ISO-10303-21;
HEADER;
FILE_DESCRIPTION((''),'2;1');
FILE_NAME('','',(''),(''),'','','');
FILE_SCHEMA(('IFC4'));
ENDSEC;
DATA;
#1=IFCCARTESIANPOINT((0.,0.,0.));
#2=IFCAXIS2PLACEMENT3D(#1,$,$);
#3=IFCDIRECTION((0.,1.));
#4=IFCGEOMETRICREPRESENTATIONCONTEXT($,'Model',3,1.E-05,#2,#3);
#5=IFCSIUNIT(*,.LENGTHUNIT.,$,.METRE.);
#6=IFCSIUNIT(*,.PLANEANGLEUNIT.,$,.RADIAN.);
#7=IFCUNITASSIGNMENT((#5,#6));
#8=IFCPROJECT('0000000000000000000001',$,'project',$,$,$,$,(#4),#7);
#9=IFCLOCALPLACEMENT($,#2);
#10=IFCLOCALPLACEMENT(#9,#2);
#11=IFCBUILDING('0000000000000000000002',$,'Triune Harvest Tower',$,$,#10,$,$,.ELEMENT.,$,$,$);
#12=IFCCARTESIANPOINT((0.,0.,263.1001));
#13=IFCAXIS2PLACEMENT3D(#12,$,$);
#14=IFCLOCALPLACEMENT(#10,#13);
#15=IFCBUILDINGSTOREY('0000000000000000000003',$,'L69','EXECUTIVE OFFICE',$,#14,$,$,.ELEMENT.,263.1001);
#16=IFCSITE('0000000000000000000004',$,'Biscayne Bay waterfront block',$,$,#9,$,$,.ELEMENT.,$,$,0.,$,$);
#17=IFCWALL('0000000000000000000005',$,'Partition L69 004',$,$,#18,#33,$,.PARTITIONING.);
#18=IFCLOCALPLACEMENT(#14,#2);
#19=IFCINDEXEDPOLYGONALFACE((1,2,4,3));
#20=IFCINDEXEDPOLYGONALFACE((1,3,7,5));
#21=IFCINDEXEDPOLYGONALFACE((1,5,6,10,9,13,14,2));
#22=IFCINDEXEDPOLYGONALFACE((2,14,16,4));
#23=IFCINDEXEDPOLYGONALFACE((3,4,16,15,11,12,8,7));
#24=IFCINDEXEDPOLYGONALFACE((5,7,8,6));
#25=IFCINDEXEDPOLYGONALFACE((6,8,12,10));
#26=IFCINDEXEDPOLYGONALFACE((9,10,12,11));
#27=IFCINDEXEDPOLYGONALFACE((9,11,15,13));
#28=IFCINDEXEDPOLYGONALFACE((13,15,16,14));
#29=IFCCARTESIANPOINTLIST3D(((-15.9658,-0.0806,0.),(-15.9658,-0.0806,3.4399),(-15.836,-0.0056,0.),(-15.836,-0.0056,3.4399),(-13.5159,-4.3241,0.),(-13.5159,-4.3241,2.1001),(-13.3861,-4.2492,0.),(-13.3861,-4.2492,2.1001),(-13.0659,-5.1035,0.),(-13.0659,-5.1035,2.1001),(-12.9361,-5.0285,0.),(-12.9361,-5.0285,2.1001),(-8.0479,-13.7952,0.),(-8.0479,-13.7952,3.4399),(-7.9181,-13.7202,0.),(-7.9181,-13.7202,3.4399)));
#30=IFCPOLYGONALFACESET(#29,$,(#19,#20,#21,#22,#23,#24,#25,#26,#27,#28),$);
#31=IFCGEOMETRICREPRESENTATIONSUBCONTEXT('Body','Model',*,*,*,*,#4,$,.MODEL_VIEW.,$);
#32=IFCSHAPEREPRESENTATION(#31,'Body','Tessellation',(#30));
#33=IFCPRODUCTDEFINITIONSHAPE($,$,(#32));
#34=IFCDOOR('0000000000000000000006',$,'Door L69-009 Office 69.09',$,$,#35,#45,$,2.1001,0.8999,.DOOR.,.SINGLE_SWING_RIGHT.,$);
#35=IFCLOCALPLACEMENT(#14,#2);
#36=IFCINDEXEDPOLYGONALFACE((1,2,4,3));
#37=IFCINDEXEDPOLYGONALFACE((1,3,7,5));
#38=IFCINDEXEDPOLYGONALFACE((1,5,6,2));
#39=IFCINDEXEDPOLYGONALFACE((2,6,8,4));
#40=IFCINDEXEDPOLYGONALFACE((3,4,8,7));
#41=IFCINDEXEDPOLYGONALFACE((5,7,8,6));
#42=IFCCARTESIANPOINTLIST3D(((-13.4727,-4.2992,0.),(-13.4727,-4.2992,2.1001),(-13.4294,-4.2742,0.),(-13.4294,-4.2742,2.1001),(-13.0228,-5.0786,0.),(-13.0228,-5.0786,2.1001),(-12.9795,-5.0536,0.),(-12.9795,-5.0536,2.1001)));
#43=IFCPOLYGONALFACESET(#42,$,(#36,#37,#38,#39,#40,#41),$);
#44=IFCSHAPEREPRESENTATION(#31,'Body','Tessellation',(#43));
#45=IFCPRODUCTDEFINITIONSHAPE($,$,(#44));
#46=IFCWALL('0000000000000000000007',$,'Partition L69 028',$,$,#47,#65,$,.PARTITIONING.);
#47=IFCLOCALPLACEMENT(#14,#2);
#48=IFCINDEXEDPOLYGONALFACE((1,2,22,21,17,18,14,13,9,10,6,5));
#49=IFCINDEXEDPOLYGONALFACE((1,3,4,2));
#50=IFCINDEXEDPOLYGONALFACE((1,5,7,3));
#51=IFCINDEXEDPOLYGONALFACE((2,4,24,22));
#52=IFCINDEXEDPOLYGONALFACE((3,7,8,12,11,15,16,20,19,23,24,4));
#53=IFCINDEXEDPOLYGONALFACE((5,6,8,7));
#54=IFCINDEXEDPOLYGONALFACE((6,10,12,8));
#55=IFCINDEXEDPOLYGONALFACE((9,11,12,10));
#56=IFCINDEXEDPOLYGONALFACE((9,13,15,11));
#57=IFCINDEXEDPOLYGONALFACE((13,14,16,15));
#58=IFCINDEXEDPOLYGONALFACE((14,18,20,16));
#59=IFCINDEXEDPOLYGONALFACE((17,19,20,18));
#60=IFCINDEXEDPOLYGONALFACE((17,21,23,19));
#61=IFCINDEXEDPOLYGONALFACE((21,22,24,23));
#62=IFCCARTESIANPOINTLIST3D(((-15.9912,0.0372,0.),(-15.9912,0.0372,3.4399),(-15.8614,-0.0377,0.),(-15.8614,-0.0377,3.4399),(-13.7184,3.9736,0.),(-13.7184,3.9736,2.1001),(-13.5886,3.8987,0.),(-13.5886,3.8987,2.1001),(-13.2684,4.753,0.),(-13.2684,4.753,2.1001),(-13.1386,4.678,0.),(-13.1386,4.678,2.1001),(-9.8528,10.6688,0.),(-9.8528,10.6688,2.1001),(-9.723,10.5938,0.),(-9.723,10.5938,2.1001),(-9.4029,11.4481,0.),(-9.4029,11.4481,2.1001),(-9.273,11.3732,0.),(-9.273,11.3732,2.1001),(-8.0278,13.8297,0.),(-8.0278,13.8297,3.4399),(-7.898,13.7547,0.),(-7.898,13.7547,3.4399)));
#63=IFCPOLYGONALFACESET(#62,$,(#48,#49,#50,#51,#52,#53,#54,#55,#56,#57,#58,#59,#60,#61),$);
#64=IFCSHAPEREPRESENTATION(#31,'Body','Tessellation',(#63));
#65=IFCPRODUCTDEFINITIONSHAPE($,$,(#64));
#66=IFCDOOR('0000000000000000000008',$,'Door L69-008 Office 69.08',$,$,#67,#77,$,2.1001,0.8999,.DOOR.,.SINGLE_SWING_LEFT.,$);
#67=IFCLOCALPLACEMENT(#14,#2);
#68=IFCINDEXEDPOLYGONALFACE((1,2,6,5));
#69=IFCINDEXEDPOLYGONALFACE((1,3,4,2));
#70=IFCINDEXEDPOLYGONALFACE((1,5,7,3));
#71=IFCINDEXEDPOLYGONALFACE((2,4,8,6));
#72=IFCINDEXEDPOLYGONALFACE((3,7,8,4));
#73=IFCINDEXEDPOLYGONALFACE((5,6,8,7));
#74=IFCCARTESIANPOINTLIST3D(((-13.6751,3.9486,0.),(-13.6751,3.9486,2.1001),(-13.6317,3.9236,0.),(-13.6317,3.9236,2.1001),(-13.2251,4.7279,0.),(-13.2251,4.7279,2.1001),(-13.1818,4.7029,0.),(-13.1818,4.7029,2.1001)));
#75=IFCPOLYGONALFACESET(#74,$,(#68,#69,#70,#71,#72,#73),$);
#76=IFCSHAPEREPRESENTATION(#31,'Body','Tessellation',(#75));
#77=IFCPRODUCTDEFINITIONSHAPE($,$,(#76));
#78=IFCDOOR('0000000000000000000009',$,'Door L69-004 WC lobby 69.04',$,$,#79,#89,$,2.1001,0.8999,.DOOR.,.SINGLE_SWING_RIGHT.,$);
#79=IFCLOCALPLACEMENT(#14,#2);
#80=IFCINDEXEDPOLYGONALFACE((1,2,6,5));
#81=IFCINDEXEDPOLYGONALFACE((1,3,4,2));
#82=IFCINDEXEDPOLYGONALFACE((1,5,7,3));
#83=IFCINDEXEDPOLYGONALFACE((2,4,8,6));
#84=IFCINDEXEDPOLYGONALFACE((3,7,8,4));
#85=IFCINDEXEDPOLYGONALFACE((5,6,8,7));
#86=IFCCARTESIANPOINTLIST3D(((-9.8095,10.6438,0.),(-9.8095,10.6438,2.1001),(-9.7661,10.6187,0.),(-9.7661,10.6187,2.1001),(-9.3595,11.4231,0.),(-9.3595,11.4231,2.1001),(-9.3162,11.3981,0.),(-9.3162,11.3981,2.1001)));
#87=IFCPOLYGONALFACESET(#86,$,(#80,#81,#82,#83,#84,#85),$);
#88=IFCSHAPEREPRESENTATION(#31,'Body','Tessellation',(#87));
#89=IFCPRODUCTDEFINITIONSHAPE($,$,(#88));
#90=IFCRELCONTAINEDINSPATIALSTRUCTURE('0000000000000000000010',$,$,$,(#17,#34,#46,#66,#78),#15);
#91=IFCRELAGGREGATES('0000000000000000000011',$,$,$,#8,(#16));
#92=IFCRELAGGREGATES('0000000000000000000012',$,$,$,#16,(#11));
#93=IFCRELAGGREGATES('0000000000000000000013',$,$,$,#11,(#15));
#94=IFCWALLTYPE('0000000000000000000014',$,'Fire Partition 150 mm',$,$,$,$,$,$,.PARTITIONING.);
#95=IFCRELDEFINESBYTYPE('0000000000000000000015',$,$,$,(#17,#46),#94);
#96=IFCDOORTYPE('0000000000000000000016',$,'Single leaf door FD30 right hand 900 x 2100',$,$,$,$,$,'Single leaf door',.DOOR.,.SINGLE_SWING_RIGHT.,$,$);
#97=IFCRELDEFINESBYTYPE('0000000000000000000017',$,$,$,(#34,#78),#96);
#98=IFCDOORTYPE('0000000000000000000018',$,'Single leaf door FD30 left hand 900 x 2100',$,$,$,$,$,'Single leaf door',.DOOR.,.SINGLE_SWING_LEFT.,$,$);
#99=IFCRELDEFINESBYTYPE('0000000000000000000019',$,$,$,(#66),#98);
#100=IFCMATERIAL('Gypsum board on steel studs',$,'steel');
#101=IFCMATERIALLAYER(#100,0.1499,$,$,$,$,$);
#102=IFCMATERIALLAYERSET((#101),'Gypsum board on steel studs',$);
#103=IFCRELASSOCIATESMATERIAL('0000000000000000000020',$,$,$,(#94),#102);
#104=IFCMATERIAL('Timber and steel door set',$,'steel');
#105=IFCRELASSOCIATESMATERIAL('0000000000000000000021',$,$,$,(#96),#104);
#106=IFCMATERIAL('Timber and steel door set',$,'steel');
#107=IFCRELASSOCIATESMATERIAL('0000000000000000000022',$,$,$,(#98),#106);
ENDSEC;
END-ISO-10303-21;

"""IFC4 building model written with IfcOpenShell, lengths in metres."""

from ifc_helpers import new_model, si_unit, direction, frame, frame_2d, origin, place, context, subcontext, project, spatial, rectangle, extrude, source, transform, mapped, material, layer, layer_set, type_object, element, fill, save


model = new_model("IFC4")

# Units and contexts
model_context = context("Model", 3, precision=1e-05, world=origin(), true_north=direction((0.0, 1.0)))
body_context = subcontext(model_context, "Body", "Model", "MODEL_VIEW")
ifc_project = project(units=[si_unit("LENGTHUNIT", "METRE"), si_unit("PLANEANGLEUNIT", "RADIAN")], contexts=[model_context])

# Site, building, storey
site_placement = place(None, origin())
site = spatial("IfcSite", under=ifc_project, at=site_placement, Name="Biscayne Bay waterfront block", CompositionType="ELEMENT", RefElevation=0.0)
building_placement = place(site_placement, origin())
building = spatial("IfcBuilding", under=site, at=building_placement, Name="Triune Harvest Tower", CompositionType="ELEMENT")
storey_placement = place(building_placement, frame((0.0, 0.0, 263.1001)))
storey = spatial("IfcBuildingStorey", under=building, at=storey_placement, Name="L69", Description="EXECUTIVE OFFICE", CompositionType="ELEMENT", Elevation=263.1001)

# Wall, opening, door
ifc_material_1 = material(Name="Gypsum board on steel studs", Category="steel")
ifc_layer_1 = layer(ifc_material_1, 0.1499)
ifc_layer_set_1 = layer_set([ifc_layer_1], Name="Gypsum board on steel studs")
wall_type_1 = type_object("IfcWallType", Name="Fire Partition 150 mm", PredefinedType="PARTITIONING", material=ifc_layer_set_1)
shared_shape_1 = source(origin(), body_context, "Body", "SweptSolid", [
    extrude(rectangle(XDim=15.8362, YDim=0.1499, at=frame_2d((7.918, 0.0))), origin(), (0.0, 0.0, 1.0), 3.4399),
])
wall_1_placement = place(storey_placement, frame((-15.9009, -0.0432, 0.0), z_axis=(0.0, 0.0, 1.0), x_axis=(0.499992, -0.86603, 0.0)))
wall_1 = element("IfcWall", 1, at=wall_1_placement, inside=storey, type_object=wall_type_1, Name="Partition L69 004", PredefinedType="PARTITIONING", context=body_context, shape_type="MappedRepresentation", body=[
    mapped(shared_shape_1, transform((0.0, 0.0, 0.0), scale=1.0)),
])
opening_1_placement = place(wall_1_placement, frame((4.8999, 0.0, 0.0)))
opening_1 = element("IfcOpeningElement", 2, at=opening_1_placement, cuts=wall_1, PredefinedType="OPENING", context=body_context, shape_type="SweptSolid", body=[
    extrude(rectangle(XDim=0.8999, YDim=2.1001, at=frame_2d((0.45, 1.05))), frame((0.0, 0.085, 0.0), z_axis=(0.0, -1.0, 0.0), x_axis=(1.0, 0.0, 0.0)), (0.0, 0.0, 1.0), 0.1699),
])
ifc_material_2 = material(Name="Timber and steel door set", Category="steel")
door_type_1 = type_object("IfcDoorType", Name="Single leaf door FD30 right hand 900 x 2100", ElementType="Single leaf door", OperationType="SINGLE_SWING_RIGHT", PredefinedType="DOOR", material=ifc_material_2)
door_1_placement = place(opening_1_placement, origin())
door_1 = element("IfcDoor", 3, at=door_1_placement, inside=storey, type_object=door_type_1, Name="Door L69-009 Office 69.09", OperationType="SINGLE_SWING_RIGHT", OverallHeight=2.1001, OverallWidth=0.8999, PredefinedType="DOOR", context=body_context, shape_type="SweptSolid", body=[
    extrude(rectangle(XDim=0.8999, YDim=2.1001, at=frame_2d((0.45, 1.05))), frame((0.0, 0.0249, 0.0), z_axis=(0.0, -1.0, 0.0), x_axis=(1.0, 0.0, 0.0)), (0.0, 0.0, 1.0), 0.05),
])
fill(opening_1, door_1)

# Wall, openings, doors
shared_shape_2 = source(origin(), body_context, "Body", "SweptSolid", [
    extrude(rectangle(XDim=15.9263, YDim=0.1499, at=frame_2d((7.9631, 0.0))), origin(), (0.0, 0.0, 1.0), 3.4399),
])
wall_2_placement = place(storey_placement, frame((-15.9263, -0.0002, 0.0), z_axis=(0.0, 0.0, 1.0), x_axis=(0.500013, 0.866018, 0.0)))
wall_2 = element("IfcWall", 4, at=wall_2_placement, inside=storey, type_object=wall_type_1, Name="Partition L69 028", PredefinedType="PARTITIONING", context=body_context, shape_type="MappedRepresentation", body=[
    mapped(shared_shape_2, transform((0.0, 0.0, 0.0), scale=1.0)),
])
opening_2_placement = place(wall_2_placement, frame((12.2764, 0.0, 0.0)))
opening_2 = element("IfcOpeningElement", 5, at=opening_2_placement, cuts=wall_2, PredefinedType="OPENING", context=body_context, shape_type="SweptSolid", body=[
    extrude(rectangle(XDim=0.8999, YDim=2.1001, at=frame_2d((0.45, 1.05))), frame((0.0, 0.085, 0.0), z_axis=(0.0, -1.0, 0.0), x_axis=(1.0, 0.0, 0.0)), (0.0, 0.0, 1.0), 0.1699),
])
opening_3_placement = place(wall_2_placement, frame((4.5454, 0.0, 0.0)))
opening_3 = element("IfcOpeningElement", 6, at=opening_3_placement, cuts=wall_2, PredefinedType="OPENING", context=body_context, shape_type="SweptSolid", body=[
    extrude(rectangle(XDim=0.8999, YDim=2.1001, at=frame_2d((0.45, 1.05))), frame((0.0, 0.085, 0.0), z_axis=(0.0, -1.0, 0.0), x_axis=(1.0, 0.0, 0.0)), (0.0, 0.0, 1.0), 0.1699),
])
ifc_material_3 = material(Name="Timber and steel door set", Category="steel")
door_type_2 = type_object("IfcDoorType", Name="Single leaf door FD30 left hand 900 x 2100", ElementType="Single leaf door", OperationType="SINGLE_SWING_LEFT", PredefinedType="DOOR", material=ifc_material_3)
door_2_placement = place(opening_3_placement, origin())
door_2 = element("IfcDoor", 7, at=door_2_placement, inside=storey, type_object=door_type_2, Name="Door L69-008 Office 69.08", OperationType="SINGLE_SWING_LEFT", OverallHeight=2.1001, OverallWidth=0.8999, PredefinedType="DOOR", context=body_context, shape_type="SweptSolid", body=[
    extrude(rectangle(XDim=0.8999, YDim=2.1001, at=frame_2d((0.45, 1.05))), frame((0.0, 0.0249, 0.0), z_axis=(0.0, -1.0, 0.0), x_axis=(1.0, 0.0, 0.0)), (0.0, 0.0, 1.0), 0.05),
])
fill(opening_3, door_2)
door_3_placement = place(opening_2_placement, origin())
door_3 = element("IfcDoor", 8, at=door_3_placement, inside=storey, type_object=door_type_1, Name="Door L69-004 WC lobby 69.04", OperationType="SINGLE_SWING_RIGHT", OverallHeight=2.1001, OverallWidth=0.8999, PredefinedType="DOOR", context=body_context, shape_type="SweptSolid", body=[
    extrude(rectangle(XDim=0.8999, YDim=2.1001, at=frame_2d((0.45, 1.05))), frame((0.0, 0.0249, 0.0), z_axis=(0.0, -1.0, 0.0), x_axis=(1.0, 0.0, 0.0)), (0.0, 0.0, 1.0), 0.05),
])
fill(opening_2, door_3)

save(model, "model.ifc")
